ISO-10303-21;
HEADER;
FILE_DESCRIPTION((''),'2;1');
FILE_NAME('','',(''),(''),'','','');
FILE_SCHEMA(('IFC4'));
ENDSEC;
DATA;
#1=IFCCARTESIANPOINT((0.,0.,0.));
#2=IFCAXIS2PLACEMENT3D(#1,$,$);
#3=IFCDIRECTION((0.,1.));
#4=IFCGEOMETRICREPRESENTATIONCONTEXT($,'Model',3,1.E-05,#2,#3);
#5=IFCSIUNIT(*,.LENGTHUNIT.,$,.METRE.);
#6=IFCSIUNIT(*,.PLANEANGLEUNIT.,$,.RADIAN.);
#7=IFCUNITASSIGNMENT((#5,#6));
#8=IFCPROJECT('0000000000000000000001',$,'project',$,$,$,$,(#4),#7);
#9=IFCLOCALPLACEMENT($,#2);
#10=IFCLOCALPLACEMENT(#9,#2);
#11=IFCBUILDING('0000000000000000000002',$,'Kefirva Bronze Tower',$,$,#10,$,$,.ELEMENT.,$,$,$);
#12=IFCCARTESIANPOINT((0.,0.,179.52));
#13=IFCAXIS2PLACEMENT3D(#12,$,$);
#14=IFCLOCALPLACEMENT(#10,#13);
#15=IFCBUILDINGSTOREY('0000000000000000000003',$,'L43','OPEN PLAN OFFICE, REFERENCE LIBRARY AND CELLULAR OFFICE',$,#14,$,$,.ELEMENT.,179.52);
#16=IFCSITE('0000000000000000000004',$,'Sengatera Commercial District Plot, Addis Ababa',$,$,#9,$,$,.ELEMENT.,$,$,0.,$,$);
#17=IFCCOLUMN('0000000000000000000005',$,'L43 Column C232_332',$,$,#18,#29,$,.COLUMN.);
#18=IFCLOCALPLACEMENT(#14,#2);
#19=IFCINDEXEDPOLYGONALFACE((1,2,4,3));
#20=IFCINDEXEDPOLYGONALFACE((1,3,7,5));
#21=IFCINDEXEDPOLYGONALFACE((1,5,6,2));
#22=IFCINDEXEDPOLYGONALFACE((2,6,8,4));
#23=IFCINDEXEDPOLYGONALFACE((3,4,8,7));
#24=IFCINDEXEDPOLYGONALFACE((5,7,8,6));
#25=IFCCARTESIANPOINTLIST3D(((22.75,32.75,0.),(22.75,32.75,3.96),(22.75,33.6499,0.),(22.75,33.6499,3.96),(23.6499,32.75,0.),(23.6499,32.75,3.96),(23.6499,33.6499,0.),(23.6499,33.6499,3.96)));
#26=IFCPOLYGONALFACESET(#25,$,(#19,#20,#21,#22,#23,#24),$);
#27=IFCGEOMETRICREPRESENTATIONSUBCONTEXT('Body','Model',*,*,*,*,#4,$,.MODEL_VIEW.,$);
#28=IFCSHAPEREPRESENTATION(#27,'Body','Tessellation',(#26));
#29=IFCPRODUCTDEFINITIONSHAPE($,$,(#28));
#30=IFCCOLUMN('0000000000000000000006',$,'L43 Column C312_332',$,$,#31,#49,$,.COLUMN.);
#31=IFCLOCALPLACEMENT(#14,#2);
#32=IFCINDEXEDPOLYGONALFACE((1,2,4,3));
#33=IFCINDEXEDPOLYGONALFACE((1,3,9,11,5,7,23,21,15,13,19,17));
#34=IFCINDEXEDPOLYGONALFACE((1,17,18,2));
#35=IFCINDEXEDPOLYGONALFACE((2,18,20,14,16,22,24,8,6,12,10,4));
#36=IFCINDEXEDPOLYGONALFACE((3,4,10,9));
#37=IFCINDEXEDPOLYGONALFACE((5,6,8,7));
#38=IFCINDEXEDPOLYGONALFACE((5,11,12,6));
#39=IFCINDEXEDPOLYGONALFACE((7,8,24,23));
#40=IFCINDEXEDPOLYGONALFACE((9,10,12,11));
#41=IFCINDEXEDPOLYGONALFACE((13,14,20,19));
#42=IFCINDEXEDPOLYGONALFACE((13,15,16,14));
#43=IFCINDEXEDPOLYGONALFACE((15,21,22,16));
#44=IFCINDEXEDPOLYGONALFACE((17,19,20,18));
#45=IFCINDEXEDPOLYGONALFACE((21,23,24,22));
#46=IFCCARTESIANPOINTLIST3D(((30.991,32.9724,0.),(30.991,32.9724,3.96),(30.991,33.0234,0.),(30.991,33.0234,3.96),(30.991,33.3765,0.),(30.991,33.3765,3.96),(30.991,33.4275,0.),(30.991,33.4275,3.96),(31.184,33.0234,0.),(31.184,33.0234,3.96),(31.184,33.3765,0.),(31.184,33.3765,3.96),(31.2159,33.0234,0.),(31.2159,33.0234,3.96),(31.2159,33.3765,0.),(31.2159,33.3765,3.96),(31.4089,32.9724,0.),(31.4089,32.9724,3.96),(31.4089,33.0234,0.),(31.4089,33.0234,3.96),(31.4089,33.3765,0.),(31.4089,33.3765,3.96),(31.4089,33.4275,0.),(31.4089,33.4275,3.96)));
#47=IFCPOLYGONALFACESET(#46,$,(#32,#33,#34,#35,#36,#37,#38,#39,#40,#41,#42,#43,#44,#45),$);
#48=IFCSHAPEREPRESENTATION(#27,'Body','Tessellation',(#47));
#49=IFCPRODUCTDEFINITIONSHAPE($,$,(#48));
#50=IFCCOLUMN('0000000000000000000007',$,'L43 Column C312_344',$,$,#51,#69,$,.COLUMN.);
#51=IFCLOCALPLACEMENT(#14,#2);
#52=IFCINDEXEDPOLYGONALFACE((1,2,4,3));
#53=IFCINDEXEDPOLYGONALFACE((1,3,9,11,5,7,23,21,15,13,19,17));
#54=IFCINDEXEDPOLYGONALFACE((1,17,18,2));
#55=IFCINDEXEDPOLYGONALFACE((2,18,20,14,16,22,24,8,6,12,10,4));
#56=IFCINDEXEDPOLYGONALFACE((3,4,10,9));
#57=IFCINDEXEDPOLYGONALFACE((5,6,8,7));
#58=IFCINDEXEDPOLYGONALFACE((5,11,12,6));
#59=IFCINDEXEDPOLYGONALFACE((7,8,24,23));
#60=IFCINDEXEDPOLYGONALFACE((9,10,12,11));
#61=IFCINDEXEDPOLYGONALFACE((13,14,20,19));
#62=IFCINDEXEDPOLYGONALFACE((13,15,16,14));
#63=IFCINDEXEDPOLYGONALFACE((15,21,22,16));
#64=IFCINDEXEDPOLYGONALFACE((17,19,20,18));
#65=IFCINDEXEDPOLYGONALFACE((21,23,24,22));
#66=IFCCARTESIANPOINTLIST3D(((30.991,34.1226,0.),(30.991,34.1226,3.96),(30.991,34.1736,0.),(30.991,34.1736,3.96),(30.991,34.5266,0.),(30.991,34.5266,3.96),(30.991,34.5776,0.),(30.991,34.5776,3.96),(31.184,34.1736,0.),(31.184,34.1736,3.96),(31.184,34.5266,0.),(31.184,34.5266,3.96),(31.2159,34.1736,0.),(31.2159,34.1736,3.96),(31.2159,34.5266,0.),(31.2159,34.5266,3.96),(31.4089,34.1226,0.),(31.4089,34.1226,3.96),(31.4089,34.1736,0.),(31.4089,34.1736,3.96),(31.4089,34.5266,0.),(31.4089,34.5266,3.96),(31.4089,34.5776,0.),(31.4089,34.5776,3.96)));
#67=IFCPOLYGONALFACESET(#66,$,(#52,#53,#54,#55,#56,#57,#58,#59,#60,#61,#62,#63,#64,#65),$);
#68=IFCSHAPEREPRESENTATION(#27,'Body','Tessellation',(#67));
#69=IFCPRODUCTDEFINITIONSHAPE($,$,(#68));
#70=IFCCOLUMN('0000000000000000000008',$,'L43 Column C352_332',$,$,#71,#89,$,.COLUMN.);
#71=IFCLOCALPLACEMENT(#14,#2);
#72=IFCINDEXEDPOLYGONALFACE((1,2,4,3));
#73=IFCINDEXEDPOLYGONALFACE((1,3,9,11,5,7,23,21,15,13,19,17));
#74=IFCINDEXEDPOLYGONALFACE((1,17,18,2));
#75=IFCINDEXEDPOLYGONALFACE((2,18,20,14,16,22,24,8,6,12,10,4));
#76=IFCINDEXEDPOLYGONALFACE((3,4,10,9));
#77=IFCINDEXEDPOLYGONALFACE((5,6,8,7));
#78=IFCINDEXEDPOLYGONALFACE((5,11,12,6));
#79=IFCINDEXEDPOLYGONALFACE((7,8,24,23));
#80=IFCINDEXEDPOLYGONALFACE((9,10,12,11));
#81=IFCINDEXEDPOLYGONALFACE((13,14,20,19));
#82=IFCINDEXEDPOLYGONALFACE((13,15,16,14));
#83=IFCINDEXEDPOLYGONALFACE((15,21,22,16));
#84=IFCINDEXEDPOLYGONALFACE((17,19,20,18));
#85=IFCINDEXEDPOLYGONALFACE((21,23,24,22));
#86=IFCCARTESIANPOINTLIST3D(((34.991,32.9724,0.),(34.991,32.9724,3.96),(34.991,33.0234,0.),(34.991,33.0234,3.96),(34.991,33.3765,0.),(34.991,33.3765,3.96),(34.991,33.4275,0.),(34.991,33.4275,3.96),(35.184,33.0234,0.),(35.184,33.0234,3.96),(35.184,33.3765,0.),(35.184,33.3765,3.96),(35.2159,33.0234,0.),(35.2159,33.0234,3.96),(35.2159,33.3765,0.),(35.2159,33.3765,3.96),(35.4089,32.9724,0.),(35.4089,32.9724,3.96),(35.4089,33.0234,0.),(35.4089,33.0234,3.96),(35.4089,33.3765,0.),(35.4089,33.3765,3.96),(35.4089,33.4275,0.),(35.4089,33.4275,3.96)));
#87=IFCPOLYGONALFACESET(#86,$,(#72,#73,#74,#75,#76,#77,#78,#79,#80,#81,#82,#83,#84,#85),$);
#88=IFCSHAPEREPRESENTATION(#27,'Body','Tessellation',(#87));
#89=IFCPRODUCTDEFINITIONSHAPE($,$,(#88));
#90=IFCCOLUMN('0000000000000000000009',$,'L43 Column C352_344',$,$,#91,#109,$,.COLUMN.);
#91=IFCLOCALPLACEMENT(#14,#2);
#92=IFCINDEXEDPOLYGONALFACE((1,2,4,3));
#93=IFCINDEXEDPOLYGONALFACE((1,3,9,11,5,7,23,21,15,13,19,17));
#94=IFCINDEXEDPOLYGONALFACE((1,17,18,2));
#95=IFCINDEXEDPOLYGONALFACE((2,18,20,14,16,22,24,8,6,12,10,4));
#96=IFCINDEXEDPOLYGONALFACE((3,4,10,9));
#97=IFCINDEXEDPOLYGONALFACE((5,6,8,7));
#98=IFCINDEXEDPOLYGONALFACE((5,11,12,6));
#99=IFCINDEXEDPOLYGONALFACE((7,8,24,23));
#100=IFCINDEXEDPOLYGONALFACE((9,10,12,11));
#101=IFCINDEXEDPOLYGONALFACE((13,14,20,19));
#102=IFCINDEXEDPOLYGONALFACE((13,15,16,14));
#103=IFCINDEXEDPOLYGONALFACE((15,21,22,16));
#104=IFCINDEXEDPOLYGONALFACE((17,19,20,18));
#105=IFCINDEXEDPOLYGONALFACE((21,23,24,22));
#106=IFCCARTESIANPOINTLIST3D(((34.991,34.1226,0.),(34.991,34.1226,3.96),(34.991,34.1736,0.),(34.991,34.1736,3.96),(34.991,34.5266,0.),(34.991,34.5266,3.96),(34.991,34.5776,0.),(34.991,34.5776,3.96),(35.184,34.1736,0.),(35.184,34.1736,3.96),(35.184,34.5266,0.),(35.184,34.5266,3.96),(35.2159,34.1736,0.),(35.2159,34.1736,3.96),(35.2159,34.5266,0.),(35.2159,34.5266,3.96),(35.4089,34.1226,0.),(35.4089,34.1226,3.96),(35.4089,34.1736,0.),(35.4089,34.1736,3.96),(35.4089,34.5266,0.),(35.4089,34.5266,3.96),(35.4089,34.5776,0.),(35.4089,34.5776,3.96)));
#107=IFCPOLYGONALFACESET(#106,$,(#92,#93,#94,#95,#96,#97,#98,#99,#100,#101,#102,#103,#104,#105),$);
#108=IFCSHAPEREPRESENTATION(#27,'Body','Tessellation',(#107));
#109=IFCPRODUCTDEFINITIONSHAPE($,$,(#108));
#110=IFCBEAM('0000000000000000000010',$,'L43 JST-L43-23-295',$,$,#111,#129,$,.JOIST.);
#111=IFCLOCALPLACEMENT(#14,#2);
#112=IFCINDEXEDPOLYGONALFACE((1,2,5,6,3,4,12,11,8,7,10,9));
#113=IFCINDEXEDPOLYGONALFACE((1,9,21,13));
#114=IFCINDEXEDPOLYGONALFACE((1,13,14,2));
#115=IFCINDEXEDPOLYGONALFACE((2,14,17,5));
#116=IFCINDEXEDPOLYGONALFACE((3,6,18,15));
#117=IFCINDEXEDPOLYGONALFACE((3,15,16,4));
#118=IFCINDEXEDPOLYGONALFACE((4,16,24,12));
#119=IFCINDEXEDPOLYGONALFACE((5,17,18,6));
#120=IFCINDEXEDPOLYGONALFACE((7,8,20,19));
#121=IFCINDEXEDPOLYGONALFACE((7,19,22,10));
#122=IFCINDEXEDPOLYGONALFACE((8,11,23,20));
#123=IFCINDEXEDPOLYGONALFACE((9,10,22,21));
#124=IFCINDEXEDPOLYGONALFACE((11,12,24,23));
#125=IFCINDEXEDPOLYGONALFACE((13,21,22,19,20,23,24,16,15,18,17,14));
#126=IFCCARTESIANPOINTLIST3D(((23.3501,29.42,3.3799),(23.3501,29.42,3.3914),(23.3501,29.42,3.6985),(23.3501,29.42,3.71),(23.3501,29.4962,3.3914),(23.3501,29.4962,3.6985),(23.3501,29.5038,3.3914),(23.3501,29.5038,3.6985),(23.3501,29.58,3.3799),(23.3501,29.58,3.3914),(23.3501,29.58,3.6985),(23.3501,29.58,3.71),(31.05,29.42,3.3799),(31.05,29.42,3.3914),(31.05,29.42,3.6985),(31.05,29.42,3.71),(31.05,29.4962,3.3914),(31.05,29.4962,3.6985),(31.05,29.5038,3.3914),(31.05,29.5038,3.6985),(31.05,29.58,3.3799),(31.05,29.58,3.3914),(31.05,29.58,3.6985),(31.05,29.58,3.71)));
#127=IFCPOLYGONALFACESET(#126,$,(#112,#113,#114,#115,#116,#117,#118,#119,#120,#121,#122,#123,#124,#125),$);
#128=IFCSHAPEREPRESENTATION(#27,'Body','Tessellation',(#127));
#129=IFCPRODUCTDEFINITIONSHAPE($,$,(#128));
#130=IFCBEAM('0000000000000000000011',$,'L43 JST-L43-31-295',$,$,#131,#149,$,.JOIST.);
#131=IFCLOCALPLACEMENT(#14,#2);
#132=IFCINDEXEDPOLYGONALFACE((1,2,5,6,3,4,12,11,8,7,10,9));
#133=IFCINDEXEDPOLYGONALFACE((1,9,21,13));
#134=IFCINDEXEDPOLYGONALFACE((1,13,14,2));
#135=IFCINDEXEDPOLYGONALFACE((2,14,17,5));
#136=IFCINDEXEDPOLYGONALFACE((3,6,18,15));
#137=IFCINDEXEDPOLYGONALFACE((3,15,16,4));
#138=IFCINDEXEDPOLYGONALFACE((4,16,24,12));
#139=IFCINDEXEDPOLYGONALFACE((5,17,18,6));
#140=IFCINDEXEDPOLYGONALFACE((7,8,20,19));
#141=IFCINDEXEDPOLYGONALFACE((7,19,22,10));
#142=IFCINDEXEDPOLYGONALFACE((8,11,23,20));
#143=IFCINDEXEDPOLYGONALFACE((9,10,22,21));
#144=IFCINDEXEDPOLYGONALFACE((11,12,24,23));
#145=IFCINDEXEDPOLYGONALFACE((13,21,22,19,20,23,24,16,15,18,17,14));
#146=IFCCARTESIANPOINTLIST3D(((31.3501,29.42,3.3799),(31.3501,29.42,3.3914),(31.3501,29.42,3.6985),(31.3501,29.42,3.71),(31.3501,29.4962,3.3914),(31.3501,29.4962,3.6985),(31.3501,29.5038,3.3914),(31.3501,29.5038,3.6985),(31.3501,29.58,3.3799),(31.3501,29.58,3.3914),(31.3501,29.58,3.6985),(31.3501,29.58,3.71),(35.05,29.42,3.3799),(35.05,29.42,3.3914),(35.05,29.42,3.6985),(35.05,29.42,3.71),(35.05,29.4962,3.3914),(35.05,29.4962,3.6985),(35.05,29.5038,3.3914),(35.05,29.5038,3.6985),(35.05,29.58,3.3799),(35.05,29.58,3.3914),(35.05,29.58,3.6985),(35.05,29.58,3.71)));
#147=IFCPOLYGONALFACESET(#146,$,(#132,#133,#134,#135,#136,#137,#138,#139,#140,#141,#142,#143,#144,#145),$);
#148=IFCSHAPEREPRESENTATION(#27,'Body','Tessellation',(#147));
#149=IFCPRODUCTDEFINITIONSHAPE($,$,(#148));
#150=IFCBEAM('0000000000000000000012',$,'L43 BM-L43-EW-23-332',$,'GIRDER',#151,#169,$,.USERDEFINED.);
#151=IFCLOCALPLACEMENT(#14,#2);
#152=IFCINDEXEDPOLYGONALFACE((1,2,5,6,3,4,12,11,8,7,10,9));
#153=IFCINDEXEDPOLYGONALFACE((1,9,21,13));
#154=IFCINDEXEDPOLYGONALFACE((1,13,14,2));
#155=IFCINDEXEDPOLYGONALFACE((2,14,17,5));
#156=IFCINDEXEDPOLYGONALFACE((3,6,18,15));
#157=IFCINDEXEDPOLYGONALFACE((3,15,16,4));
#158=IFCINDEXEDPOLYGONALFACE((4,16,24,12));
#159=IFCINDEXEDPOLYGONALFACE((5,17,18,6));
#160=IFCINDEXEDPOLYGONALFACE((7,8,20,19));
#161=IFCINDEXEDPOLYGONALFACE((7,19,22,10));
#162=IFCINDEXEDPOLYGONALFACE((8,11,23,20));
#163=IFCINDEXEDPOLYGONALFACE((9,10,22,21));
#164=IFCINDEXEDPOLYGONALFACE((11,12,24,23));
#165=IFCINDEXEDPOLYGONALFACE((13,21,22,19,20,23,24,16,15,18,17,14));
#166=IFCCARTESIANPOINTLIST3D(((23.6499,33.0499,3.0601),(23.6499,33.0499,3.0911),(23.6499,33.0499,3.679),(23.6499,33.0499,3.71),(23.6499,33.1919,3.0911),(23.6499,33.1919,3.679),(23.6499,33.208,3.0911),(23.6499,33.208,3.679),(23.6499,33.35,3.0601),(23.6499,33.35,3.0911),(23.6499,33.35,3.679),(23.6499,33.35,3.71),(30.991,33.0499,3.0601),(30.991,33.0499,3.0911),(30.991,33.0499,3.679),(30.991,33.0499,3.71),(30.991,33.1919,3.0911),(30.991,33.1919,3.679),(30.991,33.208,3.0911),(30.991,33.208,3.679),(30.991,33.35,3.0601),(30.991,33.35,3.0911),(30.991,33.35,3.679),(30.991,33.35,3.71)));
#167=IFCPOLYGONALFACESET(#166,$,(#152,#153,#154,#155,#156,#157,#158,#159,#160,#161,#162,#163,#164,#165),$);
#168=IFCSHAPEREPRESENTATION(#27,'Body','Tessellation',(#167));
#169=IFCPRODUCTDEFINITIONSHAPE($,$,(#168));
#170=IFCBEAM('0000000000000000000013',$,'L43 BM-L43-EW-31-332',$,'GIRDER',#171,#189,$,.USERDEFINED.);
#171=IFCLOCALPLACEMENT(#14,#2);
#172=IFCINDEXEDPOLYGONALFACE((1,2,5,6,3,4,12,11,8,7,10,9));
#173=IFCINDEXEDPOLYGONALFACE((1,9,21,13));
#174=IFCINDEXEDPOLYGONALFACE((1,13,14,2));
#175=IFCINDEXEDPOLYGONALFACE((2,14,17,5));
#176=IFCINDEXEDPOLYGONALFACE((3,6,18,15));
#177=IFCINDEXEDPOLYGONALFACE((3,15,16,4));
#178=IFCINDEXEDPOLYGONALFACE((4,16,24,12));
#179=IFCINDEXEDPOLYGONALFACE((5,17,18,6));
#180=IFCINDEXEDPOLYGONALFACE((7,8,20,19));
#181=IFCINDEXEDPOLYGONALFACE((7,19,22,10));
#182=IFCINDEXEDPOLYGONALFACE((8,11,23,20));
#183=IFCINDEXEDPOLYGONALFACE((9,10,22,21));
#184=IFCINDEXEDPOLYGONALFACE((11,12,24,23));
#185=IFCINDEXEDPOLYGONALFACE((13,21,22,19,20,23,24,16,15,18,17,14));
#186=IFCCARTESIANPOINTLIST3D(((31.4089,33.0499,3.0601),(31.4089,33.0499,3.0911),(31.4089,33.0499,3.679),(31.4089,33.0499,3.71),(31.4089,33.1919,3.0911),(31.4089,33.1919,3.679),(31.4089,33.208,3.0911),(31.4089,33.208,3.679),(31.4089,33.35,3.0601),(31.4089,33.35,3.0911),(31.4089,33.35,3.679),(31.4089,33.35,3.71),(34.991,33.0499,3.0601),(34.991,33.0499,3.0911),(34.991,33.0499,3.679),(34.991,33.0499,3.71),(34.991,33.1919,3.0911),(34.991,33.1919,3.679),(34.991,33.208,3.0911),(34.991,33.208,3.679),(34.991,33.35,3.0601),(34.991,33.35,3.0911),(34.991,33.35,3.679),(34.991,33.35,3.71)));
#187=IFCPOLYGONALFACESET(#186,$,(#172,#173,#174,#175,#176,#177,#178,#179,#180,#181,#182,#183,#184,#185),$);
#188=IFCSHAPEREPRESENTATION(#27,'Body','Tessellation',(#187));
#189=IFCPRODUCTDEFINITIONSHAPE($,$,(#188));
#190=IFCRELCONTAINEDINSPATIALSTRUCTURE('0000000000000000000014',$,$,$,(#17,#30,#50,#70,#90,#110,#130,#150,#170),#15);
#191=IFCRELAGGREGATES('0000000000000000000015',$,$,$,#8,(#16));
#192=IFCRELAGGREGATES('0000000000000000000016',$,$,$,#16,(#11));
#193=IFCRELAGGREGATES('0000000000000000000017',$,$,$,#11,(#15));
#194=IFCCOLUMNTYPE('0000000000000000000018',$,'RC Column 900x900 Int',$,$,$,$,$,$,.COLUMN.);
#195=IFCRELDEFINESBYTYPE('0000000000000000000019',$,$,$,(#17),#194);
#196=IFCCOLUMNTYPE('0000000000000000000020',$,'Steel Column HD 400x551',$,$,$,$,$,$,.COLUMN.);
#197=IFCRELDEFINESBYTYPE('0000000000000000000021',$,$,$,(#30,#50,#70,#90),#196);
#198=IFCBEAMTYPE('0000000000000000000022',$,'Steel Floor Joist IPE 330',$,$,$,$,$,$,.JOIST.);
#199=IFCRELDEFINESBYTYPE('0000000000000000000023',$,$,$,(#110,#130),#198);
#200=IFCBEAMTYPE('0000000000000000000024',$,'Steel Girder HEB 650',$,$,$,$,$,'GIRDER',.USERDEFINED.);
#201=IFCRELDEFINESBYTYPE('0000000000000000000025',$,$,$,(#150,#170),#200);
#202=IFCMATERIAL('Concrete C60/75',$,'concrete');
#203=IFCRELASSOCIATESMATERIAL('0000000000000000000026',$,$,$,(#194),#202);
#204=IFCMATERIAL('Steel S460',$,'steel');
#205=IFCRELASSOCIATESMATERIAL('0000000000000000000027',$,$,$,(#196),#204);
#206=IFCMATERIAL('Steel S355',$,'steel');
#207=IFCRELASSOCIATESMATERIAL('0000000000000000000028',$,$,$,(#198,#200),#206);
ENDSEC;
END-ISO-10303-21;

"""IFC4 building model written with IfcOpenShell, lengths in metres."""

from ifc_helpers import new_model, si_unit, direction, frame, origin, origin_2d, place, context, subcontext, project, spatial, rectangle, i_section, extrude, material, material_profile, profile_set, type_object, element, save


model = new_model("IFC4")

# Units and contexts
model_context = context("Model", 3, precision=1e-05, world=origin(), true_north=direction((0.0, 1.0)))
body_context = subcontext(model_context, "Body", "Model", "MODEL_VIEW")
ifc_project = project(units=[si_unit("LENGTHUNIT", "METRE"), si_unit("PLANEANGLEUNIT", "RADIAN")], contexts=[model_context])

# Site, building, storey
site_placement = place(None, origin())
site = spatial("IfcSite", under=ifc_project, at=site_placement, Name="Sengatera Commercial District Plot, Addis Ababa", CompositionType="ELEMENT", RefElevation=0.0)
building_placement = place(site_placement, origin())
building = spatial("IfcBuilding", under=site, at=building_placement, Name="Kefirva Bronze Tower", CompositionType="ELEMENT")
storey_placement = place(building_placement, frame((0.0, 0.0, 179.52)))
storey = spatial("IfcBuildingStorey", under=building, at=storey_placement, Name="L43", Description="OPEN PLAN OFFICE, REFERENCE LIBRARY AND CELLULAR OFFICE", CompositionType="ELEMENT", Elevation=179.52)

# Columns
ifc_material_1 = material(Name="Concrete C60/75", Category="concrete")
ifc_material_profile_1 = material_profile(ifc_material_1, rectangle(XDim=0.8999, YDim=0.8999, at=origin_2d()), Name="RC 900x900")
ifc_profile_set_1 = profile_set([ifc_material_profile_1], Name="Concrete C60/75")
column_type_1 = type_object("IfcColumnType", Name="RC Column 900x900 Int", PredefinedType="COLUMN", material=ifc_profile_set_1)
column_placement = place(storey_placement, frame((23.2, 33.2, 0.0), z_axis=(0.0, 0.0, 1.0), x_axis=(1.0, 0.0, 0.0)))
element("IfcColumn", 1, at=column_placement, inside=storey, type_object=column_type_1, Name="L43 Column C232_332", PredefinedType="COLUMN", context=body_context, shape_type="SweptSolid", body=[
    extrude(rectangle(XDim=0.8999, YDim=0.8999, at=origin_2d()), origin(), (0.0, 0.0, 1.0), 3.96),
])
ifc_material_2 = material(Name="Steel S460", Category="steel")
ifc_material_profile_2 = material_profile(ifc_material_2, i_section(OverallWidth=0.418, OverallDepth=0.4551, WebThickness=0.032, FlangeThickness=0.051, at=origin_2d()), Name="HD 400x551")
ifc_profile_set_2 = profile_set([ifc_material_profile_2], Name="Steel S460")
column_type_2 = type_object("IfcColumnType", Name="Steel Column HD 400x551", PredefinedType="COLUMN", material=ifc_profile_set_2)
for number, where, z_axis, x_axis, name in (
    (2, (31.2, 33.2, 0.0), (0.0, 0.0, 1.0), (1.0, 0.0, 0.0), "L43 Column C312_332"),
    (3, (31.2, 34.3501, 0.0), (0.0, 0.0, 1.0), (1.0, 0.0, 0.0), "L43 Column C312_344"),
    (4, (35.2, 33.2, 0.0), (0.0, 0.0, 1.0), (1.0, 0.0, 0.0), "L43 Column C352_332"),
    (5, (35.2, 34.3501, 0.0), (0.0, 0.0, 1.0), (1.0, 0.0, 0.0), "L43 Column C352_344"),
):
    element("IfcColumn", number, at=place(storey_placement, frame(where, z_axis=z_axis, x_axis=x_axis)), inside=storey, type_object=column_type_2, Name=name, PredefinedType="COLUMN", context=body_context, shape_type="SweptSolid", body=[
        extrude(i_section(OverallWidth=0.418, OverallDepth=0.4551, WebThickness=0.032, FlangeThickness=0.051, at=origin_2d()), origin(), (0.0, 0.0, 1.0), 3.96),
    ])

# Beams
ifc_material_3 = material(Name="Steel S355", Category="steel")
ifc_material_profile_3 = material_profile(ifc_material_3, i_section(OverallWidth=0.1599, OverallDepth=0.3301, WebThickness=0.0076, FlangeThickness=0.0115, at=origin_2d()), Name="IPE 330")
ifc_profile_set_3 = profile_set([ifc_material_profile_3], Name="Steel S355")
beam_type_1 = type_object("IfcBeamType", Name="Steel Floor Joist IPE 330", PredefinedType="JOIST", material=ifc_profile_set_3)
beam_1_placement = place(storey_placement, frame((23.3501, 29.5, 3.5449), z_axis=(1.0, 0.0, 0.0), x_axis=(0.0, 1.0, 0.0)))
element("IfcBeam", 6, at=beam_1_placement, inside=storey, type_object=beam_type_1, Name="L43 JST-L43-23-295", PredefinedType="JOIST", context=body_context, shape_type="SweptSolid", body=[
    extrude(i_section(OverallWidth=0.1599, OverallDepth=0.3301, WebThickness=0.0076, FlangeThickness=0.0115, at=origin_2d()), origin(), (0.0, 0.0, 1.0), 7.7),
])
beam_2_placement = place(storey_placement, frame((31.3501, 29.5, 3.5449), z_axis=(1.0, 0.0, 0.0), x_axis=(0.0, 1.0, 0.0)))
element("IfcBeam", 7, at=beam_2_placement, inside=storey, type_object=beam_type_1, Name="L43 JST-L43-31-295", PredefinedType="JOIST", context=body_context, shape_type="SweptSolid", body=[
    extrude(i_section(OverallWidth=0.1599, OverallDepth=0.3301, WebThickness=0.0076, FlangeThickness=0.0115, at=origin_2d()), origin(), (0.0, 0.0, 1.0), 3.7),
])
ifc_material_profile_4 = material_profile(ifc_material_3, i_section(OverallWidth=0.3, OverallDepth=0.6499, WebThickness=0.0161, FlangeThickness=0.031, at=origin_2d()), Name="HEB 650")
ifc_profile_set_4 = profile_set([ifc_material_profile_4], Name="Steel S355")
beam_type_2 = type_object("IfcBeamType", Name="Steel Girder HEB 650", ElementType="GIRDER", PredefinedType="USERDEFINED", material=ifc_profile_set_4)
beam_3_placement = place(storey_placement, frame((23.6499, 33.2, 3.385), z_axis=(1.0, 0.0, 0.0), x_axis=(0.0, 1.0, 0.0)))
element("IfcBeam", 8, at=beam_3_placement, inside=storey, type_object=beam_type_2, Name="L43 BM-L43-EW-23-332", ObjectType="GIRDER", PredefinedType="USERDEFINED", context=body_context, shape_type="SweptSolid", body=[
    extrude(i_section(OverallWidth=0.3, OverallDepth=0.6499, WebThickness=0.0161, FlangeThickness=0.031, at=origin_2d()), origin(), (0.0, 0.0, 1.0), 7.3411),
])
for number, where, z_axis, x_axis, name in (
    (9, (31.4089, 33.2, 3.385), (1.0, 0.0, 0.0), (0.0, 1.0, 0.0), "L43 BM-L43-EW-31-332"),
):
    element("IfcBeam", number, at=place(storey_placement, frame(where, z_axis=z_axis, x_axis=x_axis)), inside=storey, type_object=beam_type_2, Name=name, ObjectType="GIRDER", PredefinedType="USERDEFINED", context=body_context, shape_type="SweptSolid", body=[
        extrude(i_section(OverallWidth=0.3, OverallDepth=0.6499, WebThickness=0.0161, FlangeThickness=0.031, at=origin_2d()), origin(), (0.0, 0.0, 1.0), 3.582),
    ])

save(model, "model.ifc")
